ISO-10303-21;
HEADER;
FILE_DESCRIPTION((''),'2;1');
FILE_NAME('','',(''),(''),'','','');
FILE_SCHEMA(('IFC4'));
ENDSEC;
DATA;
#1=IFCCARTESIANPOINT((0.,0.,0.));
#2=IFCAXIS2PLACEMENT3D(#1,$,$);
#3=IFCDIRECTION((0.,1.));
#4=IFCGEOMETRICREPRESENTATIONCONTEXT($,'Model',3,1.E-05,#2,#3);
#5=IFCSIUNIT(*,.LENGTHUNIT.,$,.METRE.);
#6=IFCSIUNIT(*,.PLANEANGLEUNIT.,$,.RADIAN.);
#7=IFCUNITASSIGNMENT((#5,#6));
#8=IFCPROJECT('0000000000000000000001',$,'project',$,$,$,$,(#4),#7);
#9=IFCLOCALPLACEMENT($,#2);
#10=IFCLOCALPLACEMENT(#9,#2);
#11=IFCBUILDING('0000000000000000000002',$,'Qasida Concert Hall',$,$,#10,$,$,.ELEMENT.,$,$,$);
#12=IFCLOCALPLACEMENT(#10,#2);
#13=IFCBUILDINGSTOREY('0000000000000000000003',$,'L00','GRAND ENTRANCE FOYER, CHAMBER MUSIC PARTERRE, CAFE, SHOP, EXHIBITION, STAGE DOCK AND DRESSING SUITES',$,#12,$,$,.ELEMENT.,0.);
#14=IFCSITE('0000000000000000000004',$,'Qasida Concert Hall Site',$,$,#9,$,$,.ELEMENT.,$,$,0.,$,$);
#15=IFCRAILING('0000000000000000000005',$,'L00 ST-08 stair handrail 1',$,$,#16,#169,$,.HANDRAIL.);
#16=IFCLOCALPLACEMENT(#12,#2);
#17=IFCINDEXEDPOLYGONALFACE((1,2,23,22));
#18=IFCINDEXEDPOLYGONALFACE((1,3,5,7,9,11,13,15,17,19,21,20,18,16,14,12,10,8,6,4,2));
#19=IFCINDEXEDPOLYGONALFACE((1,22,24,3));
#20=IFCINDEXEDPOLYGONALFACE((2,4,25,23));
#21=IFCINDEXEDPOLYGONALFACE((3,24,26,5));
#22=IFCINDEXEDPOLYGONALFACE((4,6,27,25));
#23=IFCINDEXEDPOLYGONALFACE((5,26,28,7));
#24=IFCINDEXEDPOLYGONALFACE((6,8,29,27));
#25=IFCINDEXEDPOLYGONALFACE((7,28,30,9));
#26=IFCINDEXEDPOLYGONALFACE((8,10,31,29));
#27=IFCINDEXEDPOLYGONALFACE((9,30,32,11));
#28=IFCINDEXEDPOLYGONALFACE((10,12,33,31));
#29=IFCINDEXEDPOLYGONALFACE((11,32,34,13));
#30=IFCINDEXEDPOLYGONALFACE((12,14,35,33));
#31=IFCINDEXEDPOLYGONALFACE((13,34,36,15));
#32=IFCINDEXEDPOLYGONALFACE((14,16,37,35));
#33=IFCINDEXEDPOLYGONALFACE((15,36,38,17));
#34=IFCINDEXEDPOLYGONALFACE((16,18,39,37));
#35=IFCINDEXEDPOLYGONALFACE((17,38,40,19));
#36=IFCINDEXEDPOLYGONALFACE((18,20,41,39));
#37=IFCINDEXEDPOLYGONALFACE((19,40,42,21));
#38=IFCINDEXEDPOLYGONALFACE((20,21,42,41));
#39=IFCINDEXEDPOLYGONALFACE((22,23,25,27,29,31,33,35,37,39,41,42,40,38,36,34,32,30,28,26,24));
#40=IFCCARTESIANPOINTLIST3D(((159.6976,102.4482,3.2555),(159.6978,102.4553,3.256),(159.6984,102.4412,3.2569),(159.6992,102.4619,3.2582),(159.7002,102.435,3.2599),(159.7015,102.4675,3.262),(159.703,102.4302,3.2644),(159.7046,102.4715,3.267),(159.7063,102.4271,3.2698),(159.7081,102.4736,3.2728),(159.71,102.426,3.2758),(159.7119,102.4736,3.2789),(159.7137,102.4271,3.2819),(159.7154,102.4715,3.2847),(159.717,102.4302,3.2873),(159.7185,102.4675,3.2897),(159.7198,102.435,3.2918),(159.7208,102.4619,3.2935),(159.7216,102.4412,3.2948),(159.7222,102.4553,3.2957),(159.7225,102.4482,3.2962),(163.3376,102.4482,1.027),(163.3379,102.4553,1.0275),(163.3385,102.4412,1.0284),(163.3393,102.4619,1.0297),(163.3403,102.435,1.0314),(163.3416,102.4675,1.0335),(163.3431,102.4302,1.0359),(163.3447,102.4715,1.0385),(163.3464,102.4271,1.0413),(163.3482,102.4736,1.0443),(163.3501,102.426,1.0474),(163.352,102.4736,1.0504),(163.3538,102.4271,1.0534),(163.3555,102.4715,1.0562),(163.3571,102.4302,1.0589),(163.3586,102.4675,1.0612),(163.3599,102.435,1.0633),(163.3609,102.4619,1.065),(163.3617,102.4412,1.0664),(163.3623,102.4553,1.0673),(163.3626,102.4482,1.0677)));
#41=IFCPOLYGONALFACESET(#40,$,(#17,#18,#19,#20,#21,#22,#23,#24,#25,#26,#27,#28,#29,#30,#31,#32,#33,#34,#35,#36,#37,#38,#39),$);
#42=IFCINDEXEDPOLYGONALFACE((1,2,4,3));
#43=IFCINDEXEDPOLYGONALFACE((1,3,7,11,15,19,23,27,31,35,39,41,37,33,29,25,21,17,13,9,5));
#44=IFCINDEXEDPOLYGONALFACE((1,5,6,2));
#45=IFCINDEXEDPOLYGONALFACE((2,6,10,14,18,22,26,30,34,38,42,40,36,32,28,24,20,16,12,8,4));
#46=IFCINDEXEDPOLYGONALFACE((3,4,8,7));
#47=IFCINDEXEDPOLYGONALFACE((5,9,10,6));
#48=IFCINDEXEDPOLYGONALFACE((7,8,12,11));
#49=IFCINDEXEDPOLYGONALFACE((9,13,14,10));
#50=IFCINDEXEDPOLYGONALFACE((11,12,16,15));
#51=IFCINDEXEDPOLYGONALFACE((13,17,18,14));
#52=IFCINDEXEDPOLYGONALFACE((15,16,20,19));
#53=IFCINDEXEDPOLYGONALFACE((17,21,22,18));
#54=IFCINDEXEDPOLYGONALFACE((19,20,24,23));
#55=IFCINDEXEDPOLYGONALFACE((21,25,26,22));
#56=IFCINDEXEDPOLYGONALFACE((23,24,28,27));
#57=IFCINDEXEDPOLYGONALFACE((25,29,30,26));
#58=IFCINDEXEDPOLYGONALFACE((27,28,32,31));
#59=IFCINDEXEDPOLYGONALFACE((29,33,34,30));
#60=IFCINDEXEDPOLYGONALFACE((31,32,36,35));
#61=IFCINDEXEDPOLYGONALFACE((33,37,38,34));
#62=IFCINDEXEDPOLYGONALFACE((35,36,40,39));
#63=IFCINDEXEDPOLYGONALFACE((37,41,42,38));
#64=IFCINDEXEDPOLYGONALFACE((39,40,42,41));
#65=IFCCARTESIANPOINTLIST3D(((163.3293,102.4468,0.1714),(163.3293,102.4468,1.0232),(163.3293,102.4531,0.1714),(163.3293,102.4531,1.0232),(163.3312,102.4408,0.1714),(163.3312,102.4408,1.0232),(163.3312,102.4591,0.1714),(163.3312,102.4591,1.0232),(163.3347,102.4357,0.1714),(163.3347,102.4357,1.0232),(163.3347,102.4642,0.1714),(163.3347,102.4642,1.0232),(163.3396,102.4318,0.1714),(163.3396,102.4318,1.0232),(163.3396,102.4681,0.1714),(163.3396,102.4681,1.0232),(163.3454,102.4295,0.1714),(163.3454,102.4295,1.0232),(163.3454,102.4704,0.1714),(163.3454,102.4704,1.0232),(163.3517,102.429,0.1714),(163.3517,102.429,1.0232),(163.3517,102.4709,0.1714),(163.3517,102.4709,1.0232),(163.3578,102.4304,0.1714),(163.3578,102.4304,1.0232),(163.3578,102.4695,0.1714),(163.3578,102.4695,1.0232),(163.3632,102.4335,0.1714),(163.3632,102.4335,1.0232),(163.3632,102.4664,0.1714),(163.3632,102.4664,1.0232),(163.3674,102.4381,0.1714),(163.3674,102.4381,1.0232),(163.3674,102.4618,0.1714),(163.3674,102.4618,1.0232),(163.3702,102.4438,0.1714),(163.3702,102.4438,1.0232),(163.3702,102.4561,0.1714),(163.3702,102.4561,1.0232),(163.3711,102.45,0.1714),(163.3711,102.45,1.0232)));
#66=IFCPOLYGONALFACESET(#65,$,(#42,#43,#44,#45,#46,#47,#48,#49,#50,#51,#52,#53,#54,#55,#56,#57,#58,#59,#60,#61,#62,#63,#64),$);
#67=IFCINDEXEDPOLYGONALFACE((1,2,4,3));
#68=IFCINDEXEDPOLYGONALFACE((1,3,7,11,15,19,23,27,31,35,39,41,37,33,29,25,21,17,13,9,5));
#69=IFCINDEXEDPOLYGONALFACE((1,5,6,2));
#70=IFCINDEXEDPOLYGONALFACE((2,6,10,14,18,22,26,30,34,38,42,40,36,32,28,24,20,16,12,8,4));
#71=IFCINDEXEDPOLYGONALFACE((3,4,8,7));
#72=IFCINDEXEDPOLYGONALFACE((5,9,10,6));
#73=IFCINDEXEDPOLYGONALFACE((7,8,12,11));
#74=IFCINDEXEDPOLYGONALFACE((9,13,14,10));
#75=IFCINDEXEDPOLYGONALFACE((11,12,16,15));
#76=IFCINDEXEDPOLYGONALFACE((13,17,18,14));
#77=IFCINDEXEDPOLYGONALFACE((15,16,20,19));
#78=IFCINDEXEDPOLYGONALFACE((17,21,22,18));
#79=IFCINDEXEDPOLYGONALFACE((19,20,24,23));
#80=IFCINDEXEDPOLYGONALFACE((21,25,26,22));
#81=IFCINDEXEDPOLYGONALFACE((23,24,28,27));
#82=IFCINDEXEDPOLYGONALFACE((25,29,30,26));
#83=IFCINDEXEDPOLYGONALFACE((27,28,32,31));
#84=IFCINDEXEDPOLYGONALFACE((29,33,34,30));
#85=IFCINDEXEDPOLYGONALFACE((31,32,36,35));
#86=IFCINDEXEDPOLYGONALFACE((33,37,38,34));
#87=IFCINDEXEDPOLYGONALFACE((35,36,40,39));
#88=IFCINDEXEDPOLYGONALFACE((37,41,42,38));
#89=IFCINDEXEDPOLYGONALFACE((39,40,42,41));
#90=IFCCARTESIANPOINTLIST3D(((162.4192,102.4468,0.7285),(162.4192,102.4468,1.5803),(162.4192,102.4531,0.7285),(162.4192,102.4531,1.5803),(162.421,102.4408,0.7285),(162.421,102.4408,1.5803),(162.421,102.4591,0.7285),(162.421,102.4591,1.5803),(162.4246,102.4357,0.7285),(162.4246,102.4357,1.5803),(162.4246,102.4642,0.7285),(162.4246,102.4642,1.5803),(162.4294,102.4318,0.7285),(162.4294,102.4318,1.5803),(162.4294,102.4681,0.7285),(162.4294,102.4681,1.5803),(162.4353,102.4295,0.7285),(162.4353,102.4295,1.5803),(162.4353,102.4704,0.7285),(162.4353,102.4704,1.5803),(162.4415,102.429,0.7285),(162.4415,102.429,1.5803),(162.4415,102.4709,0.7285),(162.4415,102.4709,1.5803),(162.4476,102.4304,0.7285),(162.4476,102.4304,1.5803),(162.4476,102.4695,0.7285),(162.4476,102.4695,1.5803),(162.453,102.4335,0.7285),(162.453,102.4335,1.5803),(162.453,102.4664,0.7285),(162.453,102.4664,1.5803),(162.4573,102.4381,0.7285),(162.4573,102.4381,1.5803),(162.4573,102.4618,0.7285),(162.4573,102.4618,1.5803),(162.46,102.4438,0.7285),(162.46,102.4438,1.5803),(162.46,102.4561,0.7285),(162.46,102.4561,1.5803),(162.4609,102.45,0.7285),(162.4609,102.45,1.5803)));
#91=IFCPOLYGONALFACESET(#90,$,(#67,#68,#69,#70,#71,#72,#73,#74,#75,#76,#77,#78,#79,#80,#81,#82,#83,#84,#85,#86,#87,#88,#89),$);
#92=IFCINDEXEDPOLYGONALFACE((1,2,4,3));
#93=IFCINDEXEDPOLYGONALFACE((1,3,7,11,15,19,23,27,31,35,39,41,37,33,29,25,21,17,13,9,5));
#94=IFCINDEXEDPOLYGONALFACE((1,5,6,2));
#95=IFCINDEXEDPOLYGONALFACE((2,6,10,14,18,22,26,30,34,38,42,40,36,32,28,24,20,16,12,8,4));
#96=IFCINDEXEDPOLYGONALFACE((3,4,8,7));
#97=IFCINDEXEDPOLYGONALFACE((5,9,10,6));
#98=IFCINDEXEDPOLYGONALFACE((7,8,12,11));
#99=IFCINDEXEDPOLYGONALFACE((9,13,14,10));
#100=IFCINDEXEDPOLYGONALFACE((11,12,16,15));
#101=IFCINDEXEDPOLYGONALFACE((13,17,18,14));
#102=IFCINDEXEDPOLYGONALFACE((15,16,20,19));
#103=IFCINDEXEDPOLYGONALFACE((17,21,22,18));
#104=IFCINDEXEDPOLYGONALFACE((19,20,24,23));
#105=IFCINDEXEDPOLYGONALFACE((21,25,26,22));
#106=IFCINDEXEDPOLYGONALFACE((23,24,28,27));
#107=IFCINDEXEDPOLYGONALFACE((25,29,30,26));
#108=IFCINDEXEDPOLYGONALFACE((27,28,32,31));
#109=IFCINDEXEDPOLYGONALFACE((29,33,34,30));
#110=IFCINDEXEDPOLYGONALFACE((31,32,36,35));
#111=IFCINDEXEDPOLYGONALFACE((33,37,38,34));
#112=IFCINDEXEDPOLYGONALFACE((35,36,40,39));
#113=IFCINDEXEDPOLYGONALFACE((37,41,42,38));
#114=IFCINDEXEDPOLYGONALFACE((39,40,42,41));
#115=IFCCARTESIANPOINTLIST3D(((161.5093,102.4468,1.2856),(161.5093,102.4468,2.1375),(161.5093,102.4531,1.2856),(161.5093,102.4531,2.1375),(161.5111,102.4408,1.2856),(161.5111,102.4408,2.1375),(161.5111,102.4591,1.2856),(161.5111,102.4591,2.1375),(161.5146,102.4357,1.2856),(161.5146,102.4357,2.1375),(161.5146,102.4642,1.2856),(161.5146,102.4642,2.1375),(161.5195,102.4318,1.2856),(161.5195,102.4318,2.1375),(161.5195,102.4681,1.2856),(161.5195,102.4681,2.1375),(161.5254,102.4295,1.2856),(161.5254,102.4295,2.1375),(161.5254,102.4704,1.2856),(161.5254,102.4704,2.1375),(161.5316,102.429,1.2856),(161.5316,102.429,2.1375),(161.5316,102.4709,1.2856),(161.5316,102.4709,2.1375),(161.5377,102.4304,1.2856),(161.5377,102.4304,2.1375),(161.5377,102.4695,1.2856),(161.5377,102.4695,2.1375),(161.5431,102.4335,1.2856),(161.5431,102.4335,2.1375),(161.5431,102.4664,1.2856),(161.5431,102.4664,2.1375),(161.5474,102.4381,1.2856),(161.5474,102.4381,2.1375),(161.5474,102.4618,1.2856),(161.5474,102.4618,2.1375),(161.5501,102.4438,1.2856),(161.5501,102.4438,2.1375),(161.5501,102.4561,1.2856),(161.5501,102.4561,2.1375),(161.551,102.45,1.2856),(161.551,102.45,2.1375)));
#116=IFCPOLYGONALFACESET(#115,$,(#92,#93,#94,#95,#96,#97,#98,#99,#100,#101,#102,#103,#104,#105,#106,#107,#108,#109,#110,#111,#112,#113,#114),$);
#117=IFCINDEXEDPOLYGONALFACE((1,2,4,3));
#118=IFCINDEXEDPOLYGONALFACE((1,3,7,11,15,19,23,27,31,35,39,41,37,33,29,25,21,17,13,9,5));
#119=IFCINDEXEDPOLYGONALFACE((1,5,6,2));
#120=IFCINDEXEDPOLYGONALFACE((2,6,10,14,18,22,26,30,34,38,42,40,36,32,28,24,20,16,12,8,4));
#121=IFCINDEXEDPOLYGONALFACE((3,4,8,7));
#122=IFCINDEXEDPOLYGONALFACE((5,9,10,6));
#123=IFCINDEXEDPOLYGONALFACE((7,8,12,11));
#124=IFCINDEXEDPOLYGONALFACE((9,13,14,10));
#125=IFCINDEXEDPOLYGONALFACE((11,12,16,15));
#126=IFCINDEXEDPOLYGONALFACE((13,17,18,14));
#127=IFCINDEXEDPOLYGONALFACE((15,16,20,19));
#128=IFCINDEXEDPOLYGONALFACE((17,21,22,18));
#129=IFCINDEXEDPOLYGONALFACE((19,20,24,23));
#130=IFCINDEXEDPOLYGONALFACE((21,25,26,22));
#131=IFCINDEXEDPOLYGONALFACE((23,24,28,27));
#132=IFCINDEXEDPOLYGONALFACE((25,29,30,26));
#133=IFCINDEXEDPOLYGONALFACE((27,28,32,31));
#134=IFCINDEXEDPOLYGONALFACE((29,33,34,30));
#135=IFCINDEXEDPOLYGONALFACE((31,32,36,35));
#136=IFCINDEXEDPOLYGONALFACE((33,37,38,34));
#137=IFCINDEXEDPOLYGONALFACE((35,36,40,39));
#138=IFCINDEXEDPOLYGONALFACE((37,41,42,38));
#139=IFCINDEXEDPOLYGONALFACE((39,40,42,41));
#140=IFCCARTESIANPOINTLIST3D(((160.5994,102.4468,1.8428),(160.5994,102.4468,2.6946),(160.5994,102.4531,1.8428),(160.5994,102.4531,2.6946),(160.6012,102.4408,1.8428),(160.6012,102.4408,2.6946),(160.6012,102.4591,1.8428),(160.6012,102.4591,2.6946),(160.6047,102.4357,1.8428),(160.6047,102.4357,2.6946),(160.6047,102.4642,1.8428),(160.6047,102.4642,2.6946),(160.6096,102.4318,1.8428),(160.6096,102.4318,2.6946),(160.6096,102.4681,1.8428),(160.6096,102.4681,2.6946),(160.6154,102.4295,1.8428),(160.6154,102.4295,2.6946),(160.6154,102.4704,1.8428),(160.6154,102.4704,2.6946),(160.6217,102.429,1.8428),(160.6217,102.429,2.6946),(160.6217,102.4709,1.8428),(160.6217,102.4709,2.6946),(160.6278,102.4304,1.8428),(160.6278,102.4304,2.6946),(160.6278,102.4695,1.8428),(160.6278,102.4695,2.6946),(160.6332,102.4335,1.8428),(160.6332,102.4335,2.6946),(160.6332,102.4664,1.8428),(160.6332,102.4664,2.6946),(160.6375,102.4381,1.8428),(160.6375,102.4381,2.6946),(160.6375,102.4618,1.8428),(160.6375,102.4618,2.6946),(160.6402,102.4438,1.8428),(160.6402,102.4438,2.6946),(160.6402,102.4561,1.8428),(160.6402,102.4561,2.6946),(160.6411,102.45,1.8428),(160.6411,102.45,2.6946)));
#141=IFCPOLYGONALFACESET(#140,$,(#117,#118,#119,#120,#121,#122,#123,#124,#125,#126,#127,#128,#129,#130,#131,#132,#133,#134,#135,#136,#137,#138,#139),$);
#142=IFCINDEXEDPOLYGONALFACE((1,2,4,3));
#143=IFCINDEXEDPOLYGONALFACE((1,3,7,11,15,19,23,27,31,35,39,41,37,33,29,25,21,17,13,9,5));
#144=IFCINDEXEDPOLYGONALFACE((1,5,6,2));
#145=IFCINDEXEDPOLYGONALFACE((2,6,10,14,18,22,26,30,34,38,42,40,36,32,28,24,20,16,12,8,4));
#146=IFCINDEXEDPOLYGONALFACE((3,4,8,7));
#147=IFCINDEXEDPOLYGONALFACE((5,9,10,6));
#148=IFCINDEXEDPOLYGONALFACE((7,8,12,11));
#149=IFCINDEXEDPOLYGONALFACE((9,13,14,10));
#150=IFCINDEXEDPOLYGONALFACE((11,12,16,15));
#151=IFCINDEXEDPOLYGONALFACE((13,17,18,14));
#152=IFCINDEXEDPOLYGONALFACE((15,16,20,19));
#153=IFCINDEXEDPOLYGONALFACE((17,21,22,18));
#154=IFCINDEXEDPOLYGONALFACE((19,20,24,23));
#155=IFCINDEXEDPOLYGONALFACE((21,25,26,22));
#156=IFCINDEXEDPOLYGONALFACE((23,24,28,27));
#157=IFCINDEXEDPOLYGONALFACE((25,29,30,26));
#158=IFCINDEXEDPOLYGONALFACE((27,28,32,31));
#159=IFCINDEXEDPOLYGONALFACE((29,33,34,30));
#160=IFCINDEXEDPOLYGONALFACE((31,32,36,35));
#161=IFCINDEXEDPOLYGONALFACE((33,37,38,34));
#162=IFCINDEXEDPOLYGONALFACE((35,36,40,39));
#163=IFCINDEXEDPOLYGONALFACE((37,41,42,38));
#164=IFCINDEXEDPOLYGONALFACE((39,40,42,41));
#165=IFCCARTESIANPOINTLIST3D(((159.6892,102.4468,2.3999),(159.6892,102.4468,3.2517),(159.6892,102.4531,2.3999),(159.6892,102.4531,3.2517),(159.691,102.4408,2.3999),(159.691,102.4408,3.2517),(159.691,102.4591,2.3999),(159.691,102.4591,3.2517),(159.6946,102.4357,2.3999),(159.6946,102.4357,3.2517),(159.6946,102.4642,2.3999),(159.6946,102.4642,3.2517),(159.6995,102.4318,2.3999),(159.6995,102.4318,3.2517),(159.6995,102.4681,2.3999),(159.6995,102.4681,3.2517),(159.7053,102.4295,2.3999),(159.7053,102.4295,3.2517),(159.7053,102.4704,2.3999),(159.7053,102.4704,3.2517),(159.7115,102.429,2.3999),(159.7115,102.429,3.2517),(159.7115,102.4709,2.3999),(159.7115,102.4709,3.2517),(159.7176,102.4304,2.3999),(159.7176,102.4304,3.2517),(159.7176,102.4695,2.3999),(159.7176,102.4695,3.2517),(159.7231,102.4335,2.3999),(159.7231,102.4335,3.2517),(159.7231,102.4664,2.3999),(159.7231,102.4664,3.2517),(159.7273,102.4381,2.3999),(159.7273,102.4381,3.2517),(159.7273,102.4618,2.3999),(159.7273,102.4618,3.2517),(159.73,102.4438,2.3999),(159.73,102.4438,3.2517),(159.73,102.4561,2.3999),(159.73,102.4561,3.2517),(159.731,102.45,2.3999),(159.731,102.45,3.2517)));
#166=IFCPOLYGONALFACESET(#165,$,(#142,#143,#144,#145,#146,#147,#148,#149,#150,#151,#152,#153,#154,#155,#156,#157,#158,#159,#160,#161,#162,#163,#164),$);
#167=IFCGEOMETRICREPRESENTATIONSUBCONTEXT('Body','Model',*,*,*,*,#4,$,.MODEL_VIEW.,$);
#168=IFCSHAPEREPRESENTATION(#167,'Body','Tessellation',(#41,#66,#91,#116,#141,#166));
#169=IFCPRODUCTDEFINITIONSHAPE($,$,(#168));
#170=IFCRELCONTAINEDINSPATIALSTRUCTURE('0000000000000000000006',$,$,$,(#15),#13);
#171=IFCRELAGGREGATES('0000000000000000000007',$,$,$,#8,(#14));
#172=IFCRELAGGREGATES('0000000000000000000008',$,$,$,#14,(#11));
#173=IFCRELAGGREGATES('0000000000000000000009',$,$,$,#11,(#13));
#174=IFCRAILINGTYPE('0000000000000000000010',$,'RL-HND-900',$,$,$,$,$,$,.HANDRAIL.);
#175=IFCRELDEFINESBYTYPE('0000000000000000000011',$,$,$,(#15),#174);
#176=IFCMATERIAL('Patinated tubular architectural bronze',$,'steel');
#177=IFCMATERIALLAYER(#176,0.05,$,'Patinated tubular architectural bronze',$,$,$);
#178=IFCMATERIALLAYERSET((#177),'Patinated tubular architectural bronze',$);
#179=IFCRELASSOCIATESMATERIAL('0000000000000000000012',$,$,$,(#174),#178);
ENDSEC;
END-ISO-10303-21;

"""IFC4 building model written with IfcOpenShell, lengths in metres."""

from ifc_helpers import new_model, si_unit, direction, frame, origin, origin_2d, place, context, subcontext, project, spatial, circle, extrude, material, layer, layer_set, type_object, element, save


model = new_model("IFC4")

# Units and contexts
model_context = context("Model", 3, precision=1e-05, world=origin(), true_north=direction((0.0, 1.0)))
body_context = subcontext(model_context, "Body", "Model", "MODEL_VIEW")
ifc_project = project(units=[si_unit("LENGTHUNIT", "METRE"), si_unit("PLANEANGLEUNIT", "RADIAN")], contexts=[model_context])

# Site, building, storey
site_placement = place(None, origin())
site = spatial("IfcSite", under=ifc_project, at=site_placement, Name="Qasida Concert Hall Site", CompositionType="ELEMENT", RefElevation=0.0)
building_placement = place(site_placement, origin())
building = spatial("IfcBuilding", under=site, at=building_placement, Name="Qasida Concert Hall", CompositionType="ELEMENT")
storey_placement = place(building_placement, origin())
storey = spatial("IfcBuildingStorey", under=building, at=storey_placement, Name="L00", Description="GRAND ENTRANCE FOYER, CHAMBER MUSIC PARTERRE, CAFE, SHOP, EXHIBITION, STAGE DOCK AND DRESSING SUITES", CompositionType="ELEMENT", Elevation=0.0)

# Railing
ifc_material_1 = material(Name="Patinated tubular architectural bronze", Category="steel")
ifc_layer_1 = layer(ifc_material_1, 0.05, Name="Patinated tubular architectural bronze")
ifc_layer_set_1 = layer_set([ifc_layer_1], Name="Patinated tubular architectural bronze")
railing_type_1 = type_object("IfcRailingType", Name="RL-HND-900", PredefinedType="HANDRAIL", material=ifc_layer_set_1)
railing_1_placement = place(storey_placement, frame((163.3501, 102.45, 0.1714)))
element("IfcRailing", 1, at=railing_1_placement, inside=storey, type_object=railing_type_1, Name="L00 ST-08 stair handrail 1", PredefinedType="HANDRAIL", context=body_context, shape_type="SweptSolid", body=[
    extrude(circle(Radius=0.0239, at=origin_2d()), frame((0.0, 0.0, 0.876), z_axis=(-0.852866, 0.0, 0.52213), x_axis=(0.0, -1.0, 0.0)), (0.0, 0.0, 1.0), 4.2681),
    extrude(circle(Radius=0.021, at=origin_2d()), origin(), (0.0, 0.0, 1.0), 0.8518),
    extrude(circle(Radius=0.021, at=origin_2d()), frame((-0.9102, 0.0, 0.5571)), (0.0, 0.0, 1.0), 0.8518),
    extrude(circle(Radius=0.021, at=origin_2d()), frame((-1.8201, 0.0, 1.1143)), (0.0, 0.0, 1.0), 0.8518),
    extrude(circle(Radius=0.021, at=origin_2d()), frame((-2.73, 0.0, 1.6714)), (0.0, 0.0, 1.0), 0.8518),
    extrude(circle(Radius=0.021, at=origin_2d()), frame((-3.6401, 0.0, 2.2285)), (0.0, 0.0, 1.0), 0.8518),
])

save(model, "model.ifc")
